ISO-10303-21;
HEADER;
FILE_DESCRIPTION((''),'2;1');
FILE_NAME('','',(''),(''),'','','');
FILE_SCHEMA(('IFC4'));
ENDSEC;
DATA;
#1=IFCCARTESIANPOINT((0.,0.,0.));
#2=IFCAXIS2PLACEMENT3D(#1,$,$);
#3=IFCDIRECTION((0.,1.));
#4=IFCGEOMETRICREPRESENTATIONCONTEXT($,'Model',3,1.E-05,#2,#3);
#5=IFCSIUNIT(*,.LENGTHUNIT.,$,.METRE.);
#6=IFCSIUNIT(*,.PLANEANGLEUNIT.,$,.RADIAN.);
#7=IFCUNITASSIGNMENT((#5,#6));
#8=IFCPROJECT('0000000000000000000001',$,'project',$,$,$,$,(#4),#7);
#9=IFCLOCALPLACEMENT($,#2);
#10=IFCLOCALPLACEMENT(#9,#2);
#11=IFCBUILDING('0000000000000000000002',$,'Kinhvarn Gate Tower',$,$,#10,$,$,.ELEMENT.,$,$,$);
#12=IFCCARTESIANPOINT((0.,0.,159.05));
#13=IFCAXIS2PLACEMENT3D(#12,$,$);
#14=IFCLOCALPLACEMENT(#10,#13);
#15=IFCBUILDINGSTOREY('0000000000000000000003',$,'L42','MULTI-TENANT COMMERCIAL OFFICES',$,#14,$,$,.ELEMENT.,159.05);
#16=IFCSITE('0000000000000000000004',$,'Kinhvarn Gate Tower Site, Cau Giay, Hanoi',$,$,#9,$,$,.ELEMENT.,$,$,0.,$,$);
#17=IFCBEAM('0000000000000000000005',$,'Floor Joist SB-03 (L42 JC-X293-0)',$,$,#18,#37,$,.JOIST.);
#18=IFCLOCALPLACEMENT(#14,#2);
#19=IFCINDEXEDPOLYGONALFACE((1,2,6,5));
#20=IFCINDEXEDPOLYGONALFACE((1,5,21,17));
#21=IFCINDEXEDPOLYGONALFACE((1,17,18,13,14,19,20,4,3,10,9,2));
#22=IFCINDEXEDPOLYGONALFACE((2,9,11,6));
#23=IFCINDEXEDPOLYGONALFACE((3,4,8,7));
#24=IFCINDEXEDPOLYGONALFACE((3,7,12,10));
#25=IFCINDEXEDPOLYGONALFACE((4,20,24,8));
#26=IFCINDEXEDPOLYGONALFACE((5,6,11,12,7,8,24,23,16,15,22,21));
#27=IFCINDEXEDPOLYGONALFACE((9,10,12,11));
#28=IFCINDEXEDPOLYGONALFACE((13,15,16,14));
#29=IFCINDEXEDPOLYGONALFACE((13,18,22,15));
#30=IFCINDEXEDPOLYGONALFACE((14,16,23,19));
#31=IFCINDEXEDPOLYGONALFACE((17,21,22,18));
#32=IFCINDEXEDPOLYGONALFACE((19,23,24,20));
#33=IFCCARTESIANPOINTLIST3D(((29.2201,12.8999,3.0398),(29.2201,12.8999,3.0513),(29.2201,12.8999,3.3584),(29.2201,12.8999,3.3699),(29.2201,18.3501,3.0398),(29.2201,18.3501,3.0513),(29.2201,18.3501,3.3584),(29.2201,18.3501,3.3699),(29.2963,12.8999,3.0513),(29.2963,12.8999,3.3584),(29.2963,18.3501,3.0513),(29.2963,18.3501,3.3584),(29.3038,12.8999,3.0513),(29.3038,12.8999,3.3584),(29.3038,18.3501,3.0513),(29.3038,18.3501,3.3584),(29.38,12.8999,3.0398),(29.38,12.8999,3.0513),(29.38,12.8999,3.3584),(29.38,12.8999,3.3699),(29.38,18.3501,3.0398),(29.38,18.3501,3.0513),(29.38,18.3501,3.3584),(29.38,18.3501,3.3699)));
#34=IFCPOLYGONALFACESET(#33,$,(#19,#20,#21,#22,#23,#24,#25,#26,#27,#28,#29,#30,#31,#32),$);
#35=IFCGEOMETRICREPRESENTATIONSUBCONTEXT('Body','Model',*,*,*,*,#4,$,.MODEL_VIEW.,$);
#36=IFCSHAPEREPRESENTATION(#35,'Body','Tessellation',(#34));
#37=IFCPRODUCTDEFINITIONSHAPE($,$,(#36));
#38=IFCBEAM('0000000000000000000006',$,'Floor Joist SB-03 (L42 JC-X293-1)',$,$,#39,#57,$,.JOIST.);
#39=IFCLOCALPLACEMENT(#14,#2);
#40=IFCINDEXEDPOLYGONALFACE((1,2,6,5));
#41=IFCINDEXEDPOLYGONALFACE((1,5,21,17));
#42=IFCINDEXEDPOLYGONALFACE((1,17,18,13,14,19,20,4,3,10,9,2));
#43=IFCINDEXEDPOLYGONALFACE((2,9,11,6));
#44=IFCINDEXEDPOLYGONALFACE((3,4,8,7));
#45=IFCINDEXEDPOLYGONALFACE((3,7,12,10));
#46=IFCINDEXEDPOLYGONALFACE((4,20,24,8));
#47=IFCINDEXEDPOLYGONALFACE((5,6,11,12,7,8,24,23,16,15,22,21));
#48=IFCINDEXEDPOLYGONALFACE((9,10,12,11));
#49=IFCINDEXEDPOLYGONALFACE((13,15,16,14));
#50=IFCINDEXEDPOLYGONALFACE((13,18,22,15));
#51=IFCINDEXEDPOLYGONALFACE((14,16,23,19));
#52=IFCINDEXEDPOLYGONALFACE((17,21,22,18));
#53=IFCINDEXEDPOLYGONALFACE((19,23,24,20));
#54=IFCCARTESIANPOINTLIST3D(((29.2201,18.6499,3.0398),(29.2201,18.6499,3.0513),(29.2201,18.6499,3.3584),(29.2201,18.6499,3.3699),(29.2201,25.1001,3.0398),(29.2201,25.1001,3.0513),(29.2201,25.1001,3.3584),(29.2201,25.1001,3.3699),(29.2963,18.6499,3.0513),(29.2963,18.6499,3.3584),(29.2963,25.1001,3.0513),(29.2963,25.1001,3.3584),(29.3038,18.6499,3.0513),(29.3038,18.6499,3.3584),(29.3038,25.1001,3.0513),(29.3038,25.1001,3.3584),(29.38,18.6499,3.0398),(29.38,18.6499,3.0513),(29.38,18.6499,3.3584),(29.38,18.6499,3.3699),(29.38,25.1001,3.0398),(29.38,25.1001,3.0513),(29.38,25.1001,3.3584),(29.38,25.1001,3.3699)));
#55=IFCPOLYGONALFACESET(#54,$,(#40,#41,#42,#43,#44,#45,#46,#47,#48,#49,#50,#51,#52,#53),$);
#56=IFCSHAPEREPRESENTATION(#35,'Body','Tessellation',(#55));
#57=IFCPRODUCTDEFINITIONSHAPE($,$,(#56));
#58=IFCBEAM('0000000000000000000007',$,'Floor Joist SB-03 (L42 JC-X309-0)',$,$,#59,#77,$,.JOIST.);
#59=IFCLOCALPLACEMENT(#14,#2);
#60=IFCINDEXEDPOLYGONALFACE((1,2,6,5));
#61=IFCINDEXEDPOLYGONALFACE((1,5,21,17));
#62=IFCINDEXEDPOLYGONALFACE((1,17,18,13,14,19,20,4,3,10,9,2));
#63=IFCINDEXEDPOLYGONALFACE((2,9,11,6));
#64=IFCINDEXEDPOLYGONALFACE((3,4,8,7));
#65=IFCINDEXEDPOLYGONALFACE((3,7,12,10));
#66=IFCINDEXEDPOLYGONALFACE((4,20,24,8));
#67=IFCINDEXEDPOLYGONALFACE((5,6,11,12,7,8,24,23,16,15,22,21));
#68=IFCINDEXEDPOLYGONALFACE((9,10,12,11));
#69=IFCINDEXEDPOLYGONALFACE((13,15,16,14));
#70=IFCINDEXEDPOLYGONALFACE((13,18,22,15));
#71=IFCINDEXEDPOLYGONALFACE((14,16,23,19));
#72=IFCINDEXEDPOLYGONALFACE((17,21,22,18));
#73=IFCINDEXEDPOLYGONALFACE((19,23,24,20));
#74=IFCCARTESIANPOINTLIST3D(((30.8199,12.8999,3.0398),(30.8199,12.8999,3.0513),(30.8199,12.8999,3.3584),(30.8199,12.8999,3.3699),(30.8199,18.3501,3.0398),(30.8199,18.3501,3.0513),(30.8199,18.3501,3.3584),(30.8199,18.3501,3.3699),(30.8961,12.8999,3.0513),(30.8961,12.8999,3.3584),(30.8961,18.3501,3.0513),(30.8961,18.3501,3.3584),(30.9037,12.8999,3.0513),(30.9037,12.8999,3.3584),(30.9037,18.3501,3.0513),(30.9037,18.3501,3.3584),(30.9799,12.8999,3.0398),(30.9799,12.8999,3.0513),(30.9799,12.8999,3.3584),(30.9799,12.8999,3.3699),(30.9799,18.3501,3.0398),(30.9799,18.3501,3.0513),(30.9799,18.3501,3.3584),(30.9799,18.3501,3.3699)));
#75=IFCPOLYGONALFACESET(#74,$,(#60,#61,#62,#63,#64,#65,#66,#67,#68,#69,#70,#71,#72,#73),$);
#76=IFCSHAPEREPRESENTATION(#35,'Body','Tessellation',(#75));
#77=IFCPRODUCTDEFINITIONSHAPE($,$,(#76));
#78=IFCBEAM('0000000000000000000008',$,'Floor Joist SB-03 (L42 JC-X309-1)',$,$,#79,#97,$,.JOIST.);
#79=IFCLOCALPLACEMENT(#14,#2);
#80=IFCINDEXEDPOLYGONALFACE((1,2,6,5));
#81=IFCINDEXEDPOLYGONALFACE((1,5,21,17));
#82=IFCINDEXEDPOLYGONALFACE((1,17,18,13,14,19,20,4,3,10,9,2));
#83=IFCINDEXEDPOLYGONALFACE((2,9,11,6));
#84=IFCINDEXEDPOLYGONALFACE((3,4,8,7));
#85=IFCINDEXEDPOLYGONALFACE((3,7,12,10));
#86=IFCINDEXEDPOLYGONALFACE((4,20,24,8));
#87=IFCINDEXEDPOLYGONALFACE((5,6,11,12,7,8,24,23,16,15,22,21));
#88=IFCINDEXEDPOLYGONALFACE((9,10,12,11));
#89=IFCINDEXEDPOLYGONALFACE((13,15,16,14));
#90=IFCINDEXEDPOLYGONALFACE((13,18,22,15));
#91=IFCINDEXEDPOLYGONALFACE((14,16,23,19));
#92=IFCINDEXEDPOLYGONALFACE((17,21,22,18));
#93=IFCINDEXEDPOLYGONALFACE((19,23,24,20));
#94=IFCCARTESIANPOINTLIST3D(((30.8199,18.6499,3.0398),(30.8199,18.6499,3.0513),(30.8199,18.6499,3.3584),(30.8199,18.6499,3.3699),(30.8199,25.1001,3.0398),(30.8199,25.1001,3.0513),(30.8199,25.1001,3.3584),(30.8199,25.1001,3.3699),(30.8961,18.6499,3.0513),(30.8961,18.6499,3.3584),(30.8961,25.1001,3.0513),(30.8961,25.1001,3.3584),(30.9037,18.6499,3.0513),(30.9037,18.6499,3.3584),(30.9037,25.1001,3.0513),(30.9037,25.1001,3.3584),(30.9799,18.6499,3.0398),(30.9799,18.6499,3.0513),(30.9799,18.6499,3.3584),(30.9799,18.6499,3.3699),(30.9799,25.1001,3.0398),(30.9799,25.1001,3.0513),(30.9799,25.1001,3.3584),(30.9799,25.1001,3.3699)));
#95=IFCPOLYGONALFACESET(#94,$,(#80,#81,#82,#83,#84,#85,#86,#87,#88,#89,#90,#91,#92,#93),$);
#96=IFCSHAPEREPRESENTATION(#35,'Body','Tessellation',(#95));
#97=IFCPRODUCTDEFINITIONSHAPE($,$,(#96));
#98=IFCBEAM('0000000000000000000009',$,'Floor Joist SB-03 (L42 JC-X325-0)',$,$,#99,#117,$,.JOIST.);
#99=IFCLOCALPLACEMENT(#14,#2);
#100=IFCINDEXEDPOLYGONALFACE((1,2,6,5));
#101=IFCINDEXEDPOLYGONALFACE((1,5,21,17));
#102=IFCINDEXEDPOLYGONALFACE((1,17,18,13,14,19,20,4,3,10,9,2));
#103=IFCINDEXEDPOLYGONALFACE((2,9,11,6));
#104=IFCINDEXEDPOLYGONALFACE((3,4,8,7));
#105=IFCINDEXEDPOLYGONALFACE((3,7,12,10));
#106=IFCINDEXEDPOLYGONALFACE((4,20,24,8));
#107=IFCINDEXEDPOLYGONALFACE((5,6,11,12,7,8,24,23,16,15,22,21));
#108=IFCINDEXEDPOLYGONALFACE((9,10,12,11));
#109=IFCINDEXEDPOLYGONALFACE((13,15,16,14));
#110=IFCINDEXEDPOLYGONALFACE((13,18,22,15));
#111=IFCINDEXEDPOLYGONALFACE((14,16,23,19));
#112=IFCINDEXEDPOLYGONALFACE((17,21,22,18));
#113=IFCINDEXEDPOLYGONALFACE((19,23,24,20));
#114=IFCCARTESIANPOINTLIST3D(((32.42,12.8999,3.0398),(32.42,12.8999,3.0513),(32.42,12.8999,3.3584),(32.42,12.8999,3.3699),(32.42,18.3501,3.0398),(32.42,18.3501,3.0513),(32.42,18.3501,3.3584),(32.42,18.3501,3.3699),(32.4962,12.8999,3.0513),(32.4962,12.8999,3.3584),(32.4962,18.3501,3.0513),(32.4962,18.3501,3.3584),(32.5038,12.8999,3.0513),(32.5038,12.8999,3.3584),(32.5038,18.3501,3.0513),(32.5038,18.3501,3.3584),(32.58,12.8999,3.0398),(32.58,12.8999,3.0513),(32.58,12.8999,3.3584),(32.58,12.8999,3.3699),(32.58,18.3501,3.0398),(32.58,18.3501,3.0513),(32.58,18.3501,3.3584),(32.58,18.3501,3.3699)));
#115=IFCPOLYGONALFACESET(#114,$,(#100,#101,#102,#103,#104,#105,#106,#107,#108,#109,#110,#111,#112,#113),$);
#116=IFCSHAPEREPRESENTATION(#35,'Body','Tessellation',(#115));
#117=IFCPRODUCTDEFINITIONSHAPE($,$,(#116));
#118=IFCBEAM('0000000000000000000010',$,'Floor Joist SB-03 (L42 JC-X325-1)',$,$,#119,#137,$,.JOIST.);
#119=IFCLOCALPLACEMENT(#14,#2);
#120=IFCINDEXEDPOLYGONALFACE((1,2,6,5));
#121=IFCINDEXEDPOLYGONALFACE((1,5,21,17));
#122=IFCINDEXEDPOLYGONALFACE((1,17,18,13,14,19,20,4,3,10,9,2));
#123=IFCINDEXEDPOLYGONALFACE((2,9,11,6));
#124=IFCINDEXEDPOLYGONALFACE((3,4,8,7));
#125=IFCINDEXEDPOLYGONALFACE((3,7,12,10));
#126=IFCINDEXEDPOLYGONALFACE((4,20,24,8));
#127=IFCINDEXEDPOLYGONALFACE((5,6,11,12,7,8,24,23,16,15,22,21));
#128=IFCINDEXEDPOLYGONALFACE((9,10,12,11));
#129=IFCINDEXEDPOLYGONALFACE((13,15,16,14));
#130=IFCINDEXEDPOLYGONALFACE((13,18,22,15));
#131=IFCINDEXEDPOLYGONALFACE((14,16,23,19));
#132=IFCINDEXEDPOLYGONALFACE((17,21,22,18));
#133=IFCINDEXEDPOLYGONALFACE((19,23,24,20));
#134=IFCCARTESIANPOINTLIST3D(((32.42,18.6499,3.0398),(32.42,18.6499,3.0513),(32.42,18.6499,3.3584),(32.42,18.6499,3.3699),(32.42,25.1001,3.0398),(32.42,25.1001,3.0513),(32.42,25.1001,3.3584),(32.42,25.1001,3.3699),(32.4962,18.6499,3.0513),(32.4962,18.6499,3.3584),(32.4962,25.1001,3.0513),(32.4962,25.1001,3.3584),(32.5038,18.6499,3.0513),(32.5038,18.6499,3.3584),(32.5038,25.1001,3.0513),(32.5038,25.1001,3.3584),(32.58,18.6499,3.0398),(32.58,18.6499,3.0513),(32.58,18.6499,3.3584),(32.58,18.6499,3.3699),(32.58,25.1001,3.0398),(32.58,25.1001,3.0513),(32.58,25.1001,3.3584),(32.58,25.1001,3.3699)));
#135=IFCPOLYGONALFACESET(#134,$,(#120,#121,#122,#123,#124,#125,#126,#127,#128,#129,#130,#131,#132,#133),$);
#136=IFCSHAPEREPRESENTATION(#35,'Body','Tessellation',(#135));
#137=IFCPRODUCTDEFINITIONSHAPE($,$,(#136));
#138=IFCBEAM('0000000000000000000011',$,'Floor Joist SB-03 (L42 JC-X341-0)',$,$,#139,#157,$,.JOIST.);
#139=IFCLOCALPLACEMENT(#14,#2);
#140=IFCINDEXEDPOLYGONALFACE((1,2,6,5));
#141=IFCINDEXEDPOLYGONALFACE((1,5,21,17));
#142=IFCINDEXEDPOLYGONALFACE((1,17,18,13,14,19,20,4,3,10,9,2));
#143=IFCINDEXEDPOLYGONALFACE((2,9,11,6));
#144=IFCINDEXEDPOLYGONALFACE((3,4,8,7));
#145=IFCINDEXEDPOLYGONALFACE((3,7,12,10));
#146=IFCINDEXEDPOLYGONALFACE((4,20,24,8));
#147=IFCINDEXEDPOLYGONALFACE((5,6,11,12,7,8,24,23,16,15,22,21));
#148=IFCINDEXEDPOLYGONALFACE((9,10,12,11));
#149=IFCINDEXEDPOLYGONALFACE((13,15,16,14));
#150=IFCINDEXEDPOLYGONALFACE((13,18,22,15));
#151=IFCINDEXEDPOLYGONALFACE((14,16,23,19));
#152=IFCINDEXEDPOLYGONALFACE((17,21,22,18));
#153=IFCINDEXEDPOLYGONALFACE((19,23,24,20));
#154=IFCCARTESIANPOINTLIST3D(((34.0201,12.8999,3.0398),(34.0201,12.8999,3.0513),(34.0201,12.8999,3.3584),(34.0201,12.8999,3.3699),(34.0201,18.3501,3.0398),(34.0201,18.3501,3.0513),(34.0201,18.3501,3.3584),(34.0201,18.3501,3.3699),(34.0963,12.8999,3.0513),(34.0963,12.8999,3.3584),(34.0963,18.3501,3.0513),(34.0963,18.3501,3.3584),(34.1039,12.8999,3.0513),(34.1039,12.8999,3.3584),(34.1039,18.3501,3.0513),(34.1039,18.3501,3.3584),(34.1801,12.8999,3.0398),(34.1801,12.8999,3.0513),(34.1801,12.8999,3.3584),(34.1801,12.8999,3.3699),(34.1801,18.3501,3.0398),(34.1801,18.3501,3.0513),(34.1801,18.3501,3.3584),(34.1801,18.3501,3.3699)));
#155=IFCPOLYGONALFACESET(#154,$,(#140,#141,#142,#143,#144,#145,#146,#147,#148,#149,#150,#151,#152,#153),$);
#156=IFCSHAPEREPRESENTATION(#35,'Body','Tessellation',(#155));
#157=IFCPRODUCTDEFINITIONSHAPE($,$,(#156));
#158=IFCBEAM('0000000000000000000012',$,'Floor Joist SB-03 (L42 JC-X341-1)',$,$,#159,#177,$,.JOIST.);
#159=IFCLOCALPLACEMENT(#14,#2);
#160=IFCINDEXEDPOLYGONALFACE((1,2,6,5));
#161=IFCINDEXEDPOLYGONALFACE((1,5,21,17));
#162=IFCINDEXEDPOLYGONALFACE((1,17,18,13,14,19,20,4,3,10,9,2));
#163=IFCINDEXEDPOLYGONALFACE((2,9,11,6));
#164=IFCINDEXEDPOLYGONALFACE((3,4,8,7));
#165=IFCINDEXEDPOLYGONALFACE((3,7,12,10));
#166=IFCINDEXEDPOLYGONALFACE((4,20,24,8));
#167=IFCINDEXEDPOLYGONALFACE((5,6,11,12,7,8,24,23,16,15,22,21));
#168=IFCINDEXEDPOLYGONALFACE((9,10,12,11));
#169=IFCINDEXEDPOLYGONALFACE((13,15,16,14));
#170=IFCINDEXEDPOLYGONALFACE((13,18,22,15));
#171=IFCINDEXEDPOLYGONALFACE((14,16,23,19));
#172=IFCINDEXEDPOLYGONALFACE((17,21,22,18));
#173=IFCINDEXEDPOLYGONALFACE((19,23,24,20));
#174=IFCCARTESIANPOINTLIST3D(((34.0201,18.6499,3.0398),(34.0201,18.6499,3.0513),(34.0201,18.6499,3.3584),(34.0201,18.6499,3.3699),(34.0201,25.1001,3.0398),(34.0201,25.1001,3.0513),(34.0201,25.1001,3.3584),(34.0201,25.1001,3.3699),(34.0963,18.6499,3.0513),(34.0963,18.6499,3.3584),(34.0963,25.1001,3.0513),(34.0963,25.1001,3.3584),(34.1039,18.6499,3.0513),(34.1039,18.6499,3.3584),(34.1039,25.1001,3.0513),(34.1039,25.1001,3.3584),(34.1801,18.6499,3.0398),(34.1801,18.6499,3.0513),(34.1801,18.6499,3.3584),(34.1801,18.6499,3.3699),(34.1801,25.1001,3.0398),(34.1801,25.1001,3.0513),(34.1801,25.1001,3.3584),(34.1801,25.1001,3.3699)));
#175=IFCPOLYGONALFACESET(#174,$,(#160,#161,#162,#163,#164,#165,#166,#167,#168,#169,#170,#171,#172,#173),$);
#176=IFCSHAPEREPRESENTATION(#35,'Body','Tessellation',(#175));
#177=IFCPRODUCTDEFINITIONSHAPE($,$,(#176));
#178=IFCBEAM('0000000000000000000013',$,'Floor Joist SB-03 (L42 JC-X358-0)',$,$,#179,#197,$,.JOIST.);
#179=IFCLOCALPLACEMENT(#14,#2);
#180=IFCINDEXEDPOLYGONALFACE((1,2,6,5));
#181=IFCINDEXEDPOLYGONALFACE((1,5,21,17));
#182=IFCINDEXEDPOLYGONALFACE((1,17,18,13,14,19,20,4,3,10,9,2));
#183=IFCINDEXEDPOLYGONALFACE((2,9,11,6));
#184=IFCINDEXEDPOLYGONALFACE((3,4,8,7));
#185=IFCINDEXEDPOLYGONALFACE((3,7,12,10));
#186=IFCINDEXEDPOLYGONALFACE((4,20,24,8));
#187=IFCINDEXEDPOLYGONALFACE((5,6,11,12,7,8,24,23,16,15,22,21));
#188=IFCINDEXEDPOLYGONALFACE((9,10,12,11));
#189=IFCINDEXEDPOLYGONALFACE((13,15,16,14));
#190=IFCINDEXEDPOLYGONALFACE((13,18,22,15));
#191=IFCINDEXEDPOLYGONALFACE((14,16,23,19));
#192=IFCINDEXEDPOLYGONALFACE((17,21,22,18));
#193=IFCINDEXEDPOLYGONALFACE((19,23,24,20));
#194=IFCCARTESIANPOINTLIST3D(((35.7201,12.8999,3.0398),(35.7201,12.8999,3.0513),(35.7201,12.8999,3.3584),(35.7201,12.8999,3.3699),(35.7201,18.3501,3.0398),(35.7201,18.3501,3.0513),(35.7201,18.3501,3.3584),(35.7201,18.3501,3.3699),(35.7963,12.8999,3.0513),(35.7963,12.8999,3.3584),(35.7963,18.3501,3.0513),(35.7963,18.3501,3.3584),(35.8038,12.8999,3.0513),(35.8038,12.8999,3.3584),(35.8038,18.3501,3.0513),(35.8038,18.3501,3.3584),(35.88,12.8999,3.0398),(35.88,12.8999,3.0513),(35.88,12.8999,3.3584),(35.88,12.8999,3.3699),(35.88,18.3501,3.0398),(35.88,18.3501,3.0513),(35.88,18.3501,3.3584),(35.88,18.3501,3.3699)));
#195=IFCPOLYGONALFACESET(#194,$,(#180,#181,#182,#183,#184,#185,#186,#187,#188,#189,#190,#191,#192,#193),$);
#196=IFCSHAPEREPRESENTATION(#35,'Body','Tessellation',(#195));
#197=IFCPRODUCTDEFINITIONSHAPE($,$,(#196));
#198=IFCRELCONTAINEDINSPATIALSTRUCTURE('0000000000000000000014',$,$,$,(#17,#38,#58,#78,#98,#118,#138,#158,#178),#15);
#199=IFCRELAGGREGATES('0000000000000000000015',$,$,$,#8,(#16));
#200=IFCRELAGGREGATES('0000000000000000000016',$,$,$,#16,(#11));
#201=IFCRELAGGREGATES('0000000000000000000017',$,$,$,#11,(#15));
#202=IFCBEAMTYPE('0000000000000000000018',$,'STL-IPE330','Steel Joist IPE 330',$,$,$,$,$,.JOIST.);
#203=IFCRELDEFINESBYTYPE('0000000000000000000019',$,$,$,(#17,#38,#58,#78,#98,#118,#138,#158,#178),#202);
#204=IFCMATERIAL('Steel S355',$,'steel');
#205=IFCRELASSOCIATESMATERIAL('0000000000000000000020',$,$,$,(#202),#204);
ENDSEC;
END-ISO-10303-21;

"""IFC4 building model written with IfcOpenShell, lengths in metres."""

from ifc_helpers import new_model, si_unit, direction, frame, origin, origin_2d, place, context, subcontext, project, spatial, i_section, extrude, material, material_profile, profile_set, type_object, element, save


model = new_model("IFC4")

# Units and contexts
model_context = context("Model", 3, precision=1e-05, world=origin(), true_north=direction((0.0, 1.0)))
body_context = subcontext(model_context, "Body", "Model", "MODEL_VIEW")
ifc_project = project(units=[si_unit("LENGTHUNIT", "METRE"), si_unit("PLANEANGLEUNIT", "RADIAN")], contexts=[model_context])

# Site, building, storey
site_placement = place(None, origin())
site = spatial("IfcSite", under=ifc_project, at=site_placement, Name="Kinhvarn Gate Tower Site, Cau Giay, Hanoi", CompositionType="ELEMENT", RefElevation=0.0)
building_placement = place(site_placement, origin())
building = spatial("IfcBuilding", under=site, at=building_placement, Name="Kinhvarn Gate Tower", CompositionType="ELEMENT")
storey_placement = place(building_placement, frame((0.0, 0.0, 159.05)))
storey = spatial("IfcBuildingStorey", under=building, at=storey_placement, Name="L42", Description="MULTI-TENANT COMMERCIAL OFFICES", CompositionType="ELEMENT", Elevation=159.05)

# Beams
ifc_material_1 = material(Name="Steel S355", Category="steel")
ifc_material_profile_1 = material_profile(ifc_material_1, i_section(OverallWidth=0.1599, OverallDepth=0.3301, WebThickness=0.0076, FlangeThickness=0.0115, at=origin_2d()), Name="IPE 330")
ifc_profile_set_1 = profile_set([ifc_material_profile_1], Name="Steel S355")
beam_type_1 = type_object("IfcBeamType", Name="STL-IPE330", Description="Steel Joist IPE 330", PredefinedType="JOIST", material=ifc_profile_set_1)
beam_1_placement = place(storey_placement, frame((29.3, 12.8999, 3.2048), z_axis=(0.0, 1.0, 0.0), x_axis=(-1.0, 0.0, 0.0)))
element("IfcBeam", 1, at=beam_1_placement, inside=storey, type_object=beam_type_1, Name="Floor Joist SB-03 (L42 JC-X293-0)", PredefinedType="JOIST", context=body_context, shape_type="SweptSolid", body=[
    extrude(i_section(OverallWidth=0.1599, OverallDepth=0.3301, WebThickness=0.0076, FlangeThickness=0.0115, at=origin_2d()), origin(), (0.0, 0.0, 1.0), 5.4502),
])
beam_2_placement = place(storey_placement, frame((29.3, 18.6499, 3.2048), z_axis=(0.0, 1.0, 0.0), x_axis=(-1.0, 0.0, 0.0)))
element("IfcBeam", 2, at=beam_2_placement, inside=storey, type_object=beam_type_1, Name="Floor Joist SB-03 (L42 JC-X293-1)", PredefinedType="JOIST", context=body_context, shape_type="SweptSolid", body=[
    extrude(i_section(OverallWidth=0.1599, OverallDepth=0.3301, WebThickness=0.0076, FlangeThickness=0.0115, at=origin_2d()), origin(), (0.0, 0.0, 1.0), 6.4502),
])
beam_3_placement = place(storey_placement, frame((30.8999, 12.8999, 3.2048), z_axis=(0.0, 1.0, 0.0), x_axis=(-1.0, 0.0, 0.0)))
element("IfcBeam", 3, at=beam_3_placement, inside=storey, type_object=beam_type_1, Name="Floor Joist SB-03 (L42 JC-X309-0)", PredefinedType="JOIST", context=body_context, shape_type="SweptSolid", body=[
    extrude(i_section(OverallWidth=0.1599, OverallDepth=0.3301, WebThickness=0.0076, FlangeThickness=0.0115, at=origin_2d()), origin(), (0.0, 0.0, 1.0), 5.4502),
])
beam_4_placement = place(storey_placement, frame((30.8999, 18.6499, 3.2048), z_axis=(0.0, 1.0, 0.0), x_axis=(-1.0, 0.0, 0.0)))
element("IfcBeam", 4, at=beam_4_placement, inside=storey, type_object=beam_type_1, Name="Floor Joist SB-03 (L42 JC-X309-1)", PredefinedType="JOIST", context=body_context, shape_type="SweptSolid", body=[
    extrude(i_section(OverallWidth=0.1599, OverallDepth=0.3301, WebThickness=0.0076, FlangeThickness=0.0115, at=origin_2d()), origin(), (0.0, 0.0, 1.0), 6.4502),
])
beam_5_placement = place(storey_placement, frame((32.5, 12.8999, 3.2048), z_axis=(0.0, 1.0, 0.0), x_axis=(-1.0, 0.0, 0.0)))
element("IfcBeam", 5, at=beam_5_placement, inside=storey, type_object=beam_type_1, Name="Floor Joist SB-03 (L42 JC-X325-0)", PredefinedType="JOIST", context=body_context, shape_type="SweptSolid", body=[
    extrude(i_section(OverallWidth=0.1599, OverallDepth=0.3301, WebThickness=0.0076, FlangeThickness=0.0115, at=origin_2d()), origin(), (0.0, 0.0, 1.0), 5.4502),
])
beam_6_placement = place(storey_placement, frame((32.5, 18.6499, 3.2048), z_axis=(0.0, 1.0, 0.0), x_axis=(-1.0, 0.0, 0.0)))
element("IfcBeam", 6, at=beam_6_placement, inside=storey, type_object=beam_type_1, Name="Floor Joist SB-03 (L42 JC-X325-1)", PredefinedType="JOIST", context=body_context, shape_type="SweptSolid", body=[
    extrude(i_section(OverallWidth=0.1599, OverallDepth=0.3301, WebThickness=0.0076, FlangeThickness=0.0115, at=origin_2d()), origin(), (0.0, 0.0, 1.0), 6.4502),
])
beam_7_placement = place(storey_placement, frame((34.1001, 12.8999, 3.2048), z_axis=(0.0, 1.0, 0.0), x_axis=(-1.0, 0.0, 0.0)))
element("IfcBeam", 7, at=beam_7_placement, inside=storey, type_object=beam_type_1, Name="Floor Joist SB-03 (L42 JC-X341-0)", PredefinedType="JOIST", context=body_context, shape_type="SweptSolid", body=[
    extrude(i_section(OverallWidth=0.1599, OverallDepth=0.3301, WebThickness=0.0076, FlangeThickness=0.0115, at=origin_2d()), origin(), (0.0, 0.0, 1.0), 5.4502),
])
beam_8_placement = place(storey_placement, frame((34.1001, 18.6499, 3.2048), z_axis=(0.0, 1.0, 0.0), x_axis=(-1.0, 0.0, 0.0)))
element("IfcBeam", 8, at=beam_8_placement, inside=storey, type_object=beam_type_1, Name="Floor Joist SB-03 (L42 JC-X341-1)", PredefinedType="JOIST", context=body_context, shape_type="SweptSolid", body=[
    extrude(i_section(OverallWidth=0.1599, OverallDepth=0.3301, WebThickness=0.0076, FlangeThickness=0.0115, at=origin_2d()), origin(), (0.0, 0.0, 1.0), 6.4502),
])
beam_9_placement = place(storey_placement, frame((35.8, 12.8999, 3.2048), z_axis=(0.0, 1.0, 0.0), x_axis=(-1.0, 0.0, 0.0)))
element("IfcBeam", 9, at=beam_9_placement, inside=storey, type_object=beam_type_1, Name="Floor Joist SB-03 (L42 JC-X358-0)", PredefinedType="JOIST", context=body_context, shape_type="SweptSolid", body=[
    extrude(i_section(OverallWidth=0.1599, OverallDepth=0.3301, WebThickness=0.0076, FlangeThickness=0.0115, at=origin_2d()), origin(), (0.0, 0.0, 1.0), 5.4502),
])

save(model, "model.ifc")
